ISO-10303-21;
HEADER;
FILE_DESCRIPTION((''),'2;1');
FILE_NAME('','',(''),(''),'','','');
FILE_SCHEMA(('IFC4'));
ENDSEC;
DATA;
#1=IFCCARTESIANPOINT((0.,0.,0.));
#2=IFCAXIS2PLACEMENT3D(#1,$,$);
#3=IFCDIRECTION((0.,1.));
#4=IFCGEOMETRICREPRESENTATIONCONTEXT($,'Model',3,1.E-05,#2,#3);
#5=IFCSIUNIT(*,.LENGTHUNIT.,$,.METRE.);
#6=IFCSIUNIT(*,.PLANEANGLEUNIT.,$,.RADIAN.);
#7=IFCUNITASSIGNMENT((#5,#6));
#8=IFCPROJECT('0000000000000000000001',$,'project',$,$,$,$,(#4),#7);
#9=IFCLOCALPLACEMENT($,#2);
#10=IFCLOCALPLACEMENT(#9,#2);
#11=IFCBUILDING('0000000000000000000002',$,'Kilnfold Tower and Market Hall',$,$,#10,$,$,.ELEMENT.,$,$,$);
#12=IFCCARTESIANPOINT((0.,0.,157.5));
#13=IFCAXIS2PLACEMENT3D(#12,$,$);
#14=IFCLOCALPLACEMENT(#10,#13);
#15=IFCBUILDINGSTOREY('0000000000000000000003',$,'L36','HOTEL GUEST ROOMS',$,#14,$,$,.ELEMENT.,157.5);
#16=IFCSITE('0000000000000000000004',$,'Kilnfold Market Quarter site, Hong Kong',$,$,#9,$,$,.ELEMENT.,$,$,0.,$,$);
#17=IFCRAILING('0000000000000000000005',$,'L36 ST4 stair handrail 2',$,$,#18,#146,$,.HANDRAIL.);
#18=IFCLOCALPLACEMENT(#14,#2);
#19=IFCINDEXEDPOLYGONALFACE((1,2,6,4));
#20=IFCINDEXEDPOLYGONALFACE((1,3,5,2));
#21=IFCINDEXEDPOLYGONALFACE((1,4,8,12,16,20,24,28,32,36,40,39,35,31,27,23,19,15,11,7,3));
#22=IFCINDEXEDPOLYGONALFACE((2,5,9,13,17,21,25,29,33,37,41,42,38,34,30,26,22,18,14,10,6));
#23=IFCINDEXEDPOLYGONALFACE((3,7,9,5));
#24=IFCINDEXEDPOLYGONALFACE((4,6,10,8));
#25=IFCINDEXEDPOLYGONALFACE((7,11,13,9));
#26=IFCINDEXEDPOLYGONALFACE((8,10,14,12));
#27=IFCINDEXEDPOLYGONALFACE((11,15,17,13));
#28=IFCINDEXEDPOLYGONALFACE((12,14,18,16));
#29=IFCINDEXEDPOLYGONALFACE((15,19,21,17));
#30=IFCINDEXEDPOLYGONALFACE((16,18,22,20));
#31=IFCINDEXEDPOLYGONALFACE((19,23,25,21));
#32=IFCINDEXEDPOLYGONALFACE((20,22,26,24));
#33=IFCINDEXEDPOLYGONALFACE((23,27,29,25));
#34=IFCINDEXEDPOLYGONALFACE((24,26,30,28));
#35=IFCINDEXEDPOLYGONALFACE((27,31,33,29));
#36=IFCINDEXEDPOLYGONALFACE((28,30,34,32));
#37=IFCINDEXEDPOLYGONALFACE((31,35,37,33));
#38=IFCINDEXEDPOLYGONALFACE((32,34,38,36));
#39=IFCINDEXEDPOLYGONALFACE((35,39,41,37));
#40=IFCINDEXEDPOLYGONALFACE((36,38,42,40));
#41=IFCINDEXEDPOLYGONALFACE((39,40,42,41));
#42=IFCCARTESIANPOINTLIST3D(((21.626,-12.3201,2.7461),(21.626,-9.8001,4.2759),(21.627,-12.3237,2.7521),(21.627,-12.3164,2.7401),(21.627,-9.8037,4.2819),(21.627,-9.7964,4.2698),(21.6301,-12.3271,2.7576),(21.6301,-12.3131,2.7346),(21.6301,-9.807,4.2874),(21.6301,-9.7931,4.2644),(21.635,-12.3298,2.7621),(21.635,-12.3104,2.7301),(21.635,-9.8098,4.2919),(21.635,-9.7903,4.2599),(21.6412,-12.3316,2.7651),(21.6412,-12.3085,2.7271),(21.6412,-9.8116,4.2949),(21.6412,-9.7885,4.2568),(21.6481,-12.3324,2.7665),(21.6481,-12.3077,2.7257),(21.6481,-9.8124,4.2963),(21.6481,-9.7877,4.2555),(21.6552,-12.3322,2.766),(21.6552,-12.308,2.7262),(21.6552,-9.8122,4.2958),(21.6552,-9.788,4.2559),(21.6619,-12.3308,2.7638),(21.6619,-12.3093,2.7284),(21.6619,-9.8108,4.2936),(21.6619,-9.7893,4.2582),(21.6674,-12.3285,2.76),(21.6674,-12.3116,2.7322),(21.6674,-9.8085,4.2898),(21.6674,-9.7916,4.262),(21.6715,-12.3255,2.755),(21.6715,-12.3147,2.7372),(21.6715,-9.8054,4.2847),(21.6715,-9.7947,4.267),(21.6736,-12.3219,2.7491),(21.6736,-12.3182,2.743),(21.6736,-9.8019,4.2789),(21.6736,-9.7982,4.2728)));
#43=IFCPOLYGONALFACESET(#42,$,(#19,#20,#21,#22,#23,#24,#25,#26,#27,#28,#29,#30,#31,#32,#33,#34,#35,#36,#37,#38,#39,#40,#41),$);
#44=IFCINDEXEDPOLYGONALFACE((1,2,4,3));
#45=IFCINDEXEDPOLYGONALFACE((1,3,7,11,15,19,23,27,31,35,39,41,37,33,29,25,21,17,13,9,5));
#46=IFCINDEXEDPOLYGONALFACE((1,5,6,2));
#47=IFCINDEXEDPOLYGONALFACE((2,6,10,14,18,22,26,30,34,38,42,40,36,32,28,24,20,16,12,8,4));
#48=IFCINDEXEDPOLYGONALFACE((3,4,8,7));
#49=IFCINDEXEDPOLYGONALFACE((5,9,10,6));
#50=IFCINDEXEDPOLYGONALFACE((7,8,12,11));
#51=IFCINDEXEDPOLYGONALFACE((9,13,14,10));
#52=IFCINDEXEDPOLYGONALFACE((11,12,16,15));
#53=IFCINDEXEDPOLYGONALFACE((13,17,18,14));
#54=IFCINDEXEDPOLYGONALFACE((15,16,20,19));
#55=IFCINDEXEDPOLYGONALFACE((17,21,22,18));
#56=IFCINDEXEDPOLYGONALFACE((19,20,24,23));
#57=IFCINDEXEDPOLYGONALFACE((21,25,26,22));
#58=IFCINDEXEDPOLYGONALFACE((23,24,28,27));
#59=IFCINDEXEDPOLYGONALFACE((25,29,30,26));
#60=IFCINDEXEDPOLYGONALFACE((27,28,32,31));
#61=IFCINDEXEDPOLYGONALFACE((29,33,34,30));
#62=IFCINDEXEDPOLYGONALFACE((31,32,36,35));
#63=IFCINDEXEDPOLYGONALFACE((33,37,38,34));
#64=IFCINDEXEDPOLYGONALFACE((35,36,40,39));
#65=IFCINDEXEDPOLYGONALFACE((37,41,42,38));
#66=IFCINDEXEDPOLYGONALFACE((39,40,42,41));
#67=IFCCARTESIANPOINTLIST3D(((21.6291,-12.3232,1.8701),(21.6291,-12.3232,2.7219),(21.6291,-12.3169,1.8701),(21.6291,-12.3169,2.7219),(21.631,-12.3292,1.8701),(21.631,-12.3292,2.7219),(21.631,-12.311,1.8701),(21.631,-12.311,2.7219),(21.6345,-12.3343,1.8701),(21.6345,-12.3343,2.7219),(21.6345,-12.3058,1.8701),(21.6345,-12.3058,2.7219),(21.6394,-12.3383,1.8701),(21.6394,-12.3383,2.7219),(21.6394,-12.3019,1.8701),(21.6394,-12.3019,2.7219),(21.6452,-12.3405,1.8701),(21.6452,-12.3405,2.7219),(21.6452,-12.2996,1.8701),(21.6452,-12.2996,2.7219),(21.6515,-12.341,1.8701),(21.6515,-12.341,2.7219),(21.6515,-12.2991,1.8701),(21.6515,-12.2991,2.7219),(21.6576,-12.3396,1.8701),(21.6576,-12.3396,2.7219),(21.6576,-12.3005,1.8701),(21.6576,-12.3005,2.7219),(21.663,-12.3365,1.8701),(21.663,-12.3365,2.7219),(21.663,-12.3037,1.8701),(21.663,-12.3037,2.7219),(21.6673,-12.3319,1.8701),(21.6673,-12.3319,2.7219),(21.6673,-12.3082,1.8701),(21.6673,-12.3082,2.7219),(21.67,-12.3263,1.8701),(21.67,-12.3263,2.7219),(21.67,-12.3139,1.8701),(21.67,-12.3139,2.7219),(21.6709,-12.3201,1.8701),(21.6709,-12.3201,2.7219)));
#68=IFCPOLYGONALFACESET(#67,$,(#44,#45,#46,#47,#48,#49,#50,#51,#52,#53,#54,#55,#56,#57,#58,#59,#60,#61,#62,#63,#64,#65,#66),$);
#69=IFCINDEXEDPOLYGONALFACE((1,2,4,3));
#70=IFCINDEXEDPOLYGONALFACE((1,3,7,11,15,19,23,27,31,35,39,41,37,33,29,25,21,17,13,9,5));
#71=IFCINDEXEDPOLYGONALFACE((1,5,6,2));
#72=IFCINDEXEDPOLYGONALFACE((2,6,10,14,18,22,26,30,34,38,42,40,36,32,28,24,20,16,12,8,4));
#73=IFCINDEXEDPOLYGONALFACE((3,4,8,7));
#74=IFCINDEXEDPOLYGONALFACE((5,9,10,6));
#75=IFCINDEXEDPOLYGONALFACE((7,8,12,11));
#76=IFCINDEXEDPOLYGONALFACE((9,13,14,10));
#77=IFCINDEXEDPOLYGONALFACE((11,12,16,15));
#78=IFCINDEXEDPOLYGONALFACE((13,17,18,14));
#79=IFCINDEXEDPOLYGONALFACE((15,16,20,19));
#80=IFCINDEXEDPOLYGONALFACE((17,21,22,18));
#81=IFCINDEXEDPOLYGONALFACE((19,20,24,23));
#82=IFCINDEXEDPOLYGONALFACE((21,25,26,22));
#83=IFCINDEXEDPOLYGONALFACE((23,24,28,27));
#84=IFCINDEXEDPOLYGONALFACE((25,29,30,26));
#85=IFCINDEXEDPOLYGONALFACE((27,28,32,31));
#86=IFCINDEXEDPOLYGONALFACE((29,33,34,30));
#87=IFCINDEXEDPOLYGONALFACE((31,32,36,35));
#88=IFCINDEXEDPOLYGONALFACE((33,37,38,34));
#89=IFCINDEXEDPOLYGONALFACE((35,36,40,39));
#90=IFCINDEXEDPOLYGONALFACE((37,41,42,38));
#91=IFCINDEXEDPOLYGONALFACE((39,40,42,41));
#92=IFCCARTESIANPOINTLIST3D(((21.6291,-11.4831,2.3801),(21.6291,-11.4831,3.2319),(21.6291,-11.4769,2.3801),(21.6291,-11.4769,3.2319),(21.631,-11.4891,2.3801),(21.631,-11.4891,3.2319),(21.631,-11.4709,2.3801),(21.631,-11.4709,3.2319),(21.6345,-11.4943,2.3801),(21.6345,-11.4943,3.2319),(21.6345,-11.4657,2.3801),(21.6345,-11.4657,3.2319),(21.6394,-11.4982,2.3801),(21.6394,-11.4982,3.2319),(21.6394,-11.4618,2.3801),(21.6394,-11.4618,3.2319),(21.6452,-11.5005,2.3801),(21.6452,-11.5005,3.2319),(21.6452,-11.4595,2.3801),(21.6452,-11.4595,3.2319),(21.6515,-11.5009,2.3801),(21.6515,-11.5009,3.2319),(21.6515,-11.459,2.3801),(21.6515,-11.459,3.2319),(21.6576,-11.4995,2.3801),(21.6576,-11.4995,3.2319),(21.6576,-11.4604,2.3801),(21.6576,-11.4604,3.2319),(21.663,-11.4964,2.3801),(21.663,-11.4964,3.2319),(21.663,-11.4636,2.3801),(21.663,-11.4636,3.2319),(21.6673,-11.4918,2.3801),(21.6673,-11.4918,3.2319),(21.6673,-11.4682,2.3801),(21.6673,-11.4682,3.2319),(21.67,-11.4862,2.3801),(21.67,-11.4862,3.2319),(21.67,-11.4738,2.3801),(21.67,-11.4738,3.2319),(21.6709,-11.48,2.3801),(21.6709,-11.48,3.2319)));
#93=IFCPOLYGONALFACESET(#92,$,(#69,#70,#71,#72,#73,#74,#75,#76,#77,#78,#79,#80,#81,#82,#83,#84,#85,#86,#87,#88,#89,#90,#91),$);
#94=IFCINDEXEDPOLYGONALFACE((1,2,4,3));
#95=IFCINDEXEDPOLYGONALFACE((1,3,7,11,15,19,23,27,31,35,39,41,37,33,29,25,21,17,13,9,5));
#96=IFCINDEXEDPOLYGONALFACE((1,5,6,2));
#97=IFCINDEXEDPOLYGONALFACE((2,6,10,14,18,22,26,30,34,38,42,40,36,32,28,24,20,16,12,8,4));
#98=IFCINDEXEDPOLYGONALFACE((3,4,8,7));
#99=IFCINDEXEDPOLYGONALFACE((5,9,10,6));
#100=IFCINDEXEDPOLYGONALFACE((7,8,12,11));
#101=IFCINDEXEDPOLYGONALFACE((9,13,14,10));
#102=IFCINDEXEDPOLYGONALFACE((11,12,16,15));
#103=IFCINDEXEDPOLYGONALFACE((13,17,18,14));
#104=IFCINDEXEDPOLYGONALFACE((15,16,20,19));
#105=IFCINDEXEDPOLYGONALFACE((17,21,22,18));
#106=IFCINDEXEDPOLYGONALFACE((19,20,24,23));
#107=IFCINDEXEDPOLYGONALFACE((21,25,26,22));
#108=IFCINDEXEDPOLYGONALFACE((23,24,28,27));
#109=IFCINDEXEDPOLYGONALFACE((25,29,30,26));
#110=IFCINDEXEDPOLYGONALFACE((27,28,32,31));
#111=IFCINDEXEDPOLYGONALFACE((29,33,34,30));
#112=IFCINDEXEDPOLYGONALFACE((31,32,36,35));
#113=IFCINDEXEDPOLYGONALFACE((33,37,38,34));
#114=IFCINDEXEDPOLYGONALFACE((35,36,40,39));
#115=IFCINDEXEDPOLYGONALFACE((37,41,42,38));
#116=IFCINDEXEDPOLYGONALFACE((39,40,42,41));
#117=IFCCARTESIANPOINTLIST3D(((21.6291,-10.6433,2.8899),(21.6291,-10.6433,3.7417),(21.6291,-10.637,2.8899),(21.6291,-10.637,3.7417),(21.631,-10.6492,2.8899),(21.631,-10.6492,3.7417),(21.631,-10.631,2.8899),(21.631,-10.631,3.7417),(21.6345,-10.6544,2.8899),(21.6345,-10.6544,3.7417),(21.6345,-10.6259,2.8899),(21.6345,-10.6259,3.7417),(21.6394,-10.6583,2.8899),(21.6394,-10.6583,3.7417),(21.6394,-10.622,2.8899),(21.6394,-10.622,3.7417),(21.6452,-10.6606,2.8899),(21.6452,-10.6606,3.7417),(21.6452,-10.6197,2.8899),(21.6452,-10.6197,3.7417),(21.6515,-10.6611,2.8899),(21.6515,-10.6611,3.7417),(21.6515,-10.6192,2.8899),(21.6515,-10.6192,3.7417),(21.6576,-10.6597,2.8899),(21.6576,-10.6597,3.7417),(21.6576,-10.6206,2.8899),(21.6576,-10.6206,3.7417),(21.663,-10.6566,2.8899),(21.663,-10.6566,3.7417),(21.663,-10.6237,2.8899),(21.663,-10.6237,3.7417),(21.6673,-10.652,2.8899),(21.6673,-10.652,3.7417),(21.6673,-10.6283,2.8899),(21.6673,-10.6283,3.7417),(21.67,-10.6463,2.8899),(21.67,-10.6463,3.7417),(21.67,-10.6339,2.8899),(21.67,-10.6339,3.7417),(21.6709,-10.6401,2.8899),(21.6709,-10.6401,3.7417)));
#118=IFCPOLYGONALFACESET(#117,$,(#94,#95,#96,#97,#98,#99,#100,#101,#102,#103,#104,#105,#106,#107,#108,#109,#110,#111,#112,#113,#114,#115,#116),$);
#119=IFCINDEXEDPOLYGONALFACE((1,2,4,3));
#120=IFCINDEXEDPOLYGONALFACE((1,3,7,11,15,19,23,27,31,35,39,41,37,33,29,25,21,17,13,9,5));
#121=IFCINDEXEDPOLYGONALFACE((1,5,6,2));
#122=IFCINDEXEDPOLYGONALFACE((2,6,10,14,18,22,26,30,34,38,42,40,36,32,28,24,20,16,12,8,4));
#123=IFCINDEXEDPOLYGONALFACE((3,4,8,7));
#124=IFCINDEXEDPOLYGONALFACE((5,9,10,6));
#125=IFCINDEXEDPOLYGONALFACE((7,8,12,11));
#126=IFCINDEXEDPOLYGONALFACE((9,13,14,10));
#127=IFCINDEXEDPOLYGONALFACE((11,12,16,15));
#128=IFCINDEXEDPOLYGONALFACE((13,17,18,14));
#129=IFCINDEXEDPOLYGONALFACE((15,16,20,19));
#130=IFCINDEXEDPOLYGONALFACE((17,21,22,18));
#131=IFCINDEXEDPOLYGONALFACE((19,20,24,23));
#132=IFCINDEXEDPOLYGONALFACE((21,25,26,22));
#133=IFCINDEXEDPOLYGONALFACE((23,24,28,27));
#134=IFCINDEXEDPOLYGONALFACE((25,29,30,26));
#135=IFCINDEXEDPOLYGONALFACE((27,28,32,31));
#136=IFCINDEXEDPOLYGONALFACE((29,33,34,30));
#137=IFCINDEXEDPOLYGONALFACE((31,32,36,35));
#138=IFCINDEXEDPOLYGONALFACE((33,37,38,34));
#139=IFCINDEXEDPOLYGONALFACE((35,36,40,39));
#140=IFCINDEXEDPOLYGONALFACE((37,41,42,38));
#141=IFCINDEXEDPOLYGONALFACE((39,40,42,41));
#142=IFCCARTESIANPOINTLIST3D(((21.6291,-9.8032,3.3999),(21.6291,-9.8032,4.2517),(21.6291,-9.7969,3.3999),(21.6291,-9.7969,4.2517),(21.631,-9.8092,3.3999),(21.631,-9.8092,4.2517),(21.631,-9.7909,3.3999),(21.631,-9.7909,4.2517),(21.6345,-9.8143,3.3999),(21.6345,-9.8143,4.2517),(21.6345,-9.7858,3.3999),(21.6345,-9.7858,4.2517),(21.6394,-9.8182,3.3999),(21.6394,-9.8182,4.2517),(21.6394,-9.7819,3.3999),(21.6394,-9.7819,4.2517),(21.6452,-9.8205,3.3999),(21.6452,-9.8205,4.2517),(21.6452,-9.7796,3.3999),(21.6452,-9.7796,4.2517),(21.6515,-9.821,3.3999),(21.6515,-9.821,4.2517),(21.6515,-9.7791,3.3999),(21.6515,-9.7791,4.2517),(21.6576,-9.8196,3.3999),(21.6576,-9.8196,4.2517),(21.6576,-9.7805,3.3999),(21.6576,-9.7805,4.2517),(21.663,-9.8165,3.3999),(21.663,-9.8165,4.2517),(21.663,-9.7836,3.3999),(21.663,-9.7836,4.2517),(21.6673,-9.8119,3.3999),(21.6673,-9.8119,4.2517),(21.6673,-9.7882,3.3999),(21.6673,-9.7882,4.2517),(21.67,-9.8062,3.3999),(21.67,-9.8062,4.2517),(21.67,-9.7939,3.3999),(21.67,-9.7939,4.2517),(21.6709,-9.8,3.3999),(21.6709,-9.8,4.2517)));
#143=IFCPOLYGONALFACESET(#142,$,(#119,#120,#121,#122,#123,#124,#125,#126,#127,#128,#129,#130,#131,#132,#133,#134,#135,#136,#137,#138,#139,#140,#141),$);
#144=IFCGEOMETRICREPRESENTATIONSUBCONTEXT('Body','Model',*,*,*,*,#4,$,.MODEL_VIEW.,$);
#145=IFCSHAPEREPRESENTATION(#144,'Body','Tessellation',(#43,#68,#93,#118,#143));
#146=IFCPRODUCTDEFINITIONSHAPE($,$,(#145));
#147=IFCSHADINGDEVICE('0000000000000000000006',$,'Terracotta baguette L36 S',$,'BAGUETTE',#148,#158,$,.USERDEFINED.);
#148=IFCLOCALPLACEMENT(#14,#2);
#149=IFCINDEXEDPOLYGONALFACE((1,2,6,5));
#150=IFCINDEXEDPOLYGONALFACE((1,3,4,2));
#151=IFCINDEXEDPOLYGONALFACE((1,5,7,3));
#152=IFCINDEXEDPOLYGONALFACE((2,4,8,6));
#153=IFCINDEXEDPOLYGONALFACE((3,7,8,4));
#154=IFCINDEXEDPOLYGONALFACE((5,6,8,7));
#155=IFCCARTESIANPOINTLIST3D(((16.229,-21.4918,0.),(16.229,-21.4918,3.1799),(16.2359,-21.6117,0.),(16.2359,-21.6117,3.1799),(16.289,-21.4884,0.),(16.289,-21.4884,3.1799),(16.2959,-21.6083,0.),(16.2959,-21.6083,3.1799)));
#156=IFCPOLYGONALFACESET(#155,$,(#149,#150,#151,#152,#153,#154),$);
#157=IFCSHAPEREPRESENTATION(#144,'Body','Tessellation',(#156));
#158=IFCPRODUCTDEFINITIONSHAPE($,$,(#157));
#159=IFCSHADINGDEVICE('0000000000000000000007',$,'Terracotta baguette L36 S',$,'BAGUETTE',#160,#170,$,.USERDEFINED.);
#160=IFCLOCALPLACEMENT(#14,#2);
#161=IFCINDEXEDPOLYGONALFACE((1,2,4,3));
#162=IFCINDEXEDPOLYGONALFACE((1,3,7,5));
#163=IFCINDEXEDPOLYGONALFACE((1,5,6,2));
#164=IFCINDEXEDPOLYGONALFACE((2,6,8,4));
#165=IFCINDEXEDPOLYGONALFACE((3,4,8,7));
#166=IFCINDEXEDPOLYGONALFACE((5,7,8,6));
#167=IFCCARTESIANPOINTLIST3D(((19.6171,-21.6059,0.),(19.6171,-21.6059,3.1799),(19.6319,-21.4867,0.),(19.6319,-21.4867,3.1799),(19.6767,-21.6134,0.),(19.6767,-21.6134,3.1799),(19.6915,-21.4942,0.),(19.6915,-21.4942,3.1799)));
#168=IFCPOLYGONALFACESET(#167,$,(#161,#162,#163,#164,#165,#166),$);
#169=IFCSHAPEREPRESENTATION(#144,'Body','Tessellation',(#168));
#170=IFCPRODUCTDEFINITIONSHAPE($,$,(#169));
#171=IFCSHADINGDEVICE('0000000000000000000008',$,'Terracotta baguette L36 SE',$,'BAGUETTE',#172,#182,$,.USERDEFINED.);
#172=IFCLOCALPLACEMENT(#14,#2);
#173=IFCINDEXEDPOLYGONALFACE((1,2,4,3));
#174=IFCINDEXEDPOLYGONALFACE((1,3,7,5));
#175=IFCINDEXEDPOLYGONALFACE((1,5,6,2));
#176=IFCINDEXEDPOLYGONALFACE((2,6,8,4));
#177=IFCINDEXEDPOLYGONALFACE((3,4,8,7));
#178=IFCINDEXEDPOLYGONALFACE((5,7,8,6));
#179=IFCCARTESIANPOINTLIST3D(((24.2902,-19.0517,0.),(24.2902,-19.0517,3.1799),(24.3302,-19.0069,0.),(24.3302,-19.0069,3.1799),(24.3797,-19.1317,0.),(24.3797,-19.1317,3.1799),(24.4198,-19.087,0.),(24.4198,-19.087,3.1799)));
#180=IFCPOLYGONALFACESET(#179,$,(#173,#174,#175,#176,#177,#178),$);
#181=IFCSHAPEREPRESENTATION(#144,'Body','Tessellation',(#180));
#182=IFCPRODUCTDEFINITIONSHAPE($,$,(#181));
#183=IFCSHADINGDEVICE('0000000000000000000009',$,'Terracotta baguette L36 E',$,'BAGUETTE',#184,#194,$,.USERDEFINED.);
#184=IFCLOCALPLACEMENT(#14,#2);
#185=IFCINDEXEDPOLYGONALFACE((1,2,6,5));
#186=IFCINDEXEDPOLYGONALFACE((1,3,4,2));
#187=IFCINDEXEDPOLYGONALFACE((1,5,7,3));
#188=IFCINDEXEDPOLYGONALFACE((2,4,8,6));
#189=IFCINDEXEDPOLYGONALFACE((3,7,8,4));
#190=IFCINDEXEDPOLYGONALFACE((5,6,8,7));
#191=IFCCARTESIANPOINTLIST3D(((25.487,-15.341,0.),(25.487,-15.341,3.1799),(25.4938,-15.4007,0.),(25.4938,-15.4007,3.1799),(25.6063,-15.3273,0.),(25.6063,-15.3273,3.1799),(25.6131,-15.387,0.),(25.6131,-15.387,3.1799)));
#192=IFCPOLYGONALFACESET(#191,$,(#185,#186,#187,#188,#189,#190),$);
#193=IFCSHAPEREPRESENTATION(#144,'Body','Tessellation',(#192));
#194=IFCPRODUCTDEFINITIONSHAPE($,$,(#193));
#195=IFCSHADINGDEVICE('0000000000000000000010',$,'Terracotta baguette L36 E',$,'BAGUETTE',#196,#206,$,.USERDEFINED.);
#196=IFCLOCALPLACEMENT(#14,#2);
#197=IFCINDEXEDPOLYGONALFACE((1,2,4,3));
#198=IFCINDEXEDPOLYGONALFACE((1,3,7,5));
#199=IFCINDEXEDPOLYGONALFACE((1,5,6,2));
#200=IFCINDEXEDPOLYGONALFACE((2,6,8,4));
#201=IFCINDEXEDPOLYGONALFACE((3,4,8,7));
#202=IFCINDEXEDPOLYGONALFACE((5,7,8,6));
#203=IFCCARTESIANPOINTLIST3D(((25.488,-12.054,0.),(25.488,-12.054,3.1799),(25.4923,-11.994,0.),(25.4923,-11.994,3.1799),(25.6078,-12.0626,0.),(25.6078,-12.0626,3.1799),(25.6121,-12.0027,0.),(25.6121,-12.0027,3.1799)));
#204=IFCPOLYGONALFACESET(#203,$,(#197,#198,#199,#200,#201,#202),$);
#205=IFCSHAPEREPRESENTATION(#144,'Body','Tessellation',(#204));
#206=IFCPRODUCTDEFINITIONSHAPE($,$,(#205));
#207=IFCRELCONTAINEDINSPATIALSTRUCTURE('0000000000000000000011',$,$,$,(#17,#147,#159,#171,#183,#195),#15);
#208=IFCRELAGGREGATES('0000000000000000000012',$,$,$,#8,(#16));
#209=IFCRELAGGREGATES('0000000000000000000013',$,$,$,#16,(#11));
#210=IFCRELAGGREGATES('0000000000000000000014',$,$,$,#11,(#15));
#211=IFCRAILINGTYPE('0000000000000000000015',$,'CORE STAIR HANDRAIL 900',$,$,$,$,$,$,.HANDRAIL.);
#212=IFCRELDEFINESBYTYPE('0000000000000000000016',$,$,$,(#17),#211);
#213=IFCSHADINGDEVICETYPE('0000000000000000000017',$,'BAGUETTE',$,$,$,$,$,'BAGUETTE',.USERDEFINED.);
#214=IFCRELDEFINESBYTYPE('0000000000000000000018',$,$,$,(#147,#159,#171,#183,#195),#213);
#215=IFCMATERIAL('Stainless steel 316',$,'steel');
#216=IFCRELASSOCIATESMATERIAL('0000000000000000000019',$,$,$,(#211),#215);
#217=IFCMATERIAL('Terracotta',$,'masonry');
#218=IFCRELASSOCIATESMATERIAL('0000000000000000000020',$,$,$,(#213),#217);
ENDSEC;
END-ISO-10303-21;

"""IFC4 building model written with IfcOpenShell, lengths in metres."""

from ifc_helpers import new_model, si_unit, direction, frame, origin, origin_2d, place, context, subcontext, project, spatial, rectangle, circle, extrude, source, transform, mapped, material, material_profile, profile_set, type_object, element, save


model = new_model("IFC4")

# Units and contexts
model_context = context("Model", 3, precision=1e-05, world=origin(), true_north=direction((0.0, 1.0)))
body_context = subcontext(model_context, "Body", "Model", "MODEL_VIEW")
ifc_project = project(units=[si_unit("LENGTHUNIT", "METRE"), si_unit("PLANEANGLEUNIT", "RADIAN")], contexts=[model_context])

# Site, building, storey
site_placement = place(None, origin())
site = spatial("IfcSite", under=ifc_project, at=site_placement, Name="Kilnfold Market Quarter site, Hong Kong", CompositionType="ELEMENT", RefElevation=0.0)
building_placement = place(site_placement, origin())
building = spatial("IfcBuilding", under=site, at=building_placement, Name="Kilnfold Tower and Market Hall", CompositionType="ELEMENT")
storey_placement = place(building_placement, frame((0.0, 0.0, 157.5)))
storey = spatial("IfcBuildingStorey", under=building, at=storey_placement, Name="L36", Description="HOTEL GUEST ROOMS", CompositionType="ELEMENT", Elevation=157.5)

# Railing
ifc_material_1 = material(Name="Stainless steel 316", Category="steel")
railing_type = type_object("IfcRailingType", Name="CORE STAIR HANDRAIL 900", PredefinedType="HANDRAIL", material=ifc_material_1)
railing_placement = place(storey_placement, frame((21.6499, -12.3201, 1.8701)))
element("IfcRailing", 1, at=railing_placement, inside=storey, type_object=railing_type, Name="L36 ST4 stair handrail 2", PredefinedType="HANDRAIL", context=body_context, shape_type="SweptSolid", body=[
    extrude(circle(Radius=0.0239, at=origin_2d()), frame((0.0, 0.0, 0.876), z_axis=(0.0, 0.854822, 0.518922), x_axis=(-1.0, 0.0, 0.0)), (0.0, 0.0, 1.0), 2.948),
    extrude(circle(Radius=0.021, at=origin_2d()), origin(), (0.0, 0.0, 1.0), 0.8518),
    extrude(circle(Radius=0.021, at=origin_2d()), frame((0.0, 0.8401, 0.51)), (0.0, 0.0, 1.0), 0.8518),
    extrude(circle(Radius=0.021, at=origin_2d()), frame((0.0, 1.6799, 1.0198)), (0.0, 0.0, 1.0), 0.8518),
    extrude(circle(Radius=0.021, at=origin_2d()), frame((0.0, 2.52, 1.5298)), (0.0, 0.0, 1.0), 0.8518),
])

# Shading devices
ifc_material_2 = material(Name="Terracotta", Category="masonry")
ifc_material_profile_1 = material_profile(ifc_material_2, rectangle(XDim=0.0601, YDim=0.1201, at=origin_2d()), Name="BAG 60x120")
ifc_profile_set_1 = profile_set([ifc_material_profile_1], Name="Terracotta")
shading_device_type = type_object("IfcShadingDeviceType", Name="BAGUETTE", ElementType="BAGUETTE", PredefinedType="USERDEFINED", material=ifc_profile_set_1)
shared_shape_1 = source(origin(), body_context, "Body", "SweptSolid", [
    extrude(rectangle(XDim=0.0601, YDim=0.1201, at=origin_2d()), origin(), (0.0, 0.0, 1.0), 3.1799),
])
for number, where, z_axis, x_axis, name in (
    (2, (16.2625, -21.55, 0.0), (0.0, 0.0, 1.0), (0.998328, 0.057798, 0.0), "Terracotta baguette L36 S"),
    (3, (19.6543, -21.55, 0.0), (0.0, 0.0, 1.0), (0.992306, -0.123808, 0.0), "Terracotta baguette L36 S"),
    (4, (24.355, -19.0693, 0.0), (0.0, 0.0, 1.0), (0.666405, 0.74559, 0.0), "Terracotta baguette L36 SE"),
    (5, (25.55, -15.364, 0.0), (0.0, 0.0, 1.0), (-0.113744, 0.99351, 0.0), "Terracotta baguette L36 E"),
    (6, (25.55, -12.0283, 0.0), (0.0, 0.0, 1.0), (0.071947, 0.997408, 0.0), "Terracotta baguette L36 E"),
):
    element("IfcShadingDevice", number, at=place(storey_placement, frame(where, z_axis=z_axis, x_axis=x_axis)), inside=storey, type_object=shading_device_type, Name=name, ObjectType="BAGUETTE", PredefinedType="USERDEFINED", context=body_context, shape_type="MappedRepresentation", body=[
        mapped(shared_shape_1, transform((0.0, 0.0, 0.0))),
    ])

save(model, "model.ifc")
